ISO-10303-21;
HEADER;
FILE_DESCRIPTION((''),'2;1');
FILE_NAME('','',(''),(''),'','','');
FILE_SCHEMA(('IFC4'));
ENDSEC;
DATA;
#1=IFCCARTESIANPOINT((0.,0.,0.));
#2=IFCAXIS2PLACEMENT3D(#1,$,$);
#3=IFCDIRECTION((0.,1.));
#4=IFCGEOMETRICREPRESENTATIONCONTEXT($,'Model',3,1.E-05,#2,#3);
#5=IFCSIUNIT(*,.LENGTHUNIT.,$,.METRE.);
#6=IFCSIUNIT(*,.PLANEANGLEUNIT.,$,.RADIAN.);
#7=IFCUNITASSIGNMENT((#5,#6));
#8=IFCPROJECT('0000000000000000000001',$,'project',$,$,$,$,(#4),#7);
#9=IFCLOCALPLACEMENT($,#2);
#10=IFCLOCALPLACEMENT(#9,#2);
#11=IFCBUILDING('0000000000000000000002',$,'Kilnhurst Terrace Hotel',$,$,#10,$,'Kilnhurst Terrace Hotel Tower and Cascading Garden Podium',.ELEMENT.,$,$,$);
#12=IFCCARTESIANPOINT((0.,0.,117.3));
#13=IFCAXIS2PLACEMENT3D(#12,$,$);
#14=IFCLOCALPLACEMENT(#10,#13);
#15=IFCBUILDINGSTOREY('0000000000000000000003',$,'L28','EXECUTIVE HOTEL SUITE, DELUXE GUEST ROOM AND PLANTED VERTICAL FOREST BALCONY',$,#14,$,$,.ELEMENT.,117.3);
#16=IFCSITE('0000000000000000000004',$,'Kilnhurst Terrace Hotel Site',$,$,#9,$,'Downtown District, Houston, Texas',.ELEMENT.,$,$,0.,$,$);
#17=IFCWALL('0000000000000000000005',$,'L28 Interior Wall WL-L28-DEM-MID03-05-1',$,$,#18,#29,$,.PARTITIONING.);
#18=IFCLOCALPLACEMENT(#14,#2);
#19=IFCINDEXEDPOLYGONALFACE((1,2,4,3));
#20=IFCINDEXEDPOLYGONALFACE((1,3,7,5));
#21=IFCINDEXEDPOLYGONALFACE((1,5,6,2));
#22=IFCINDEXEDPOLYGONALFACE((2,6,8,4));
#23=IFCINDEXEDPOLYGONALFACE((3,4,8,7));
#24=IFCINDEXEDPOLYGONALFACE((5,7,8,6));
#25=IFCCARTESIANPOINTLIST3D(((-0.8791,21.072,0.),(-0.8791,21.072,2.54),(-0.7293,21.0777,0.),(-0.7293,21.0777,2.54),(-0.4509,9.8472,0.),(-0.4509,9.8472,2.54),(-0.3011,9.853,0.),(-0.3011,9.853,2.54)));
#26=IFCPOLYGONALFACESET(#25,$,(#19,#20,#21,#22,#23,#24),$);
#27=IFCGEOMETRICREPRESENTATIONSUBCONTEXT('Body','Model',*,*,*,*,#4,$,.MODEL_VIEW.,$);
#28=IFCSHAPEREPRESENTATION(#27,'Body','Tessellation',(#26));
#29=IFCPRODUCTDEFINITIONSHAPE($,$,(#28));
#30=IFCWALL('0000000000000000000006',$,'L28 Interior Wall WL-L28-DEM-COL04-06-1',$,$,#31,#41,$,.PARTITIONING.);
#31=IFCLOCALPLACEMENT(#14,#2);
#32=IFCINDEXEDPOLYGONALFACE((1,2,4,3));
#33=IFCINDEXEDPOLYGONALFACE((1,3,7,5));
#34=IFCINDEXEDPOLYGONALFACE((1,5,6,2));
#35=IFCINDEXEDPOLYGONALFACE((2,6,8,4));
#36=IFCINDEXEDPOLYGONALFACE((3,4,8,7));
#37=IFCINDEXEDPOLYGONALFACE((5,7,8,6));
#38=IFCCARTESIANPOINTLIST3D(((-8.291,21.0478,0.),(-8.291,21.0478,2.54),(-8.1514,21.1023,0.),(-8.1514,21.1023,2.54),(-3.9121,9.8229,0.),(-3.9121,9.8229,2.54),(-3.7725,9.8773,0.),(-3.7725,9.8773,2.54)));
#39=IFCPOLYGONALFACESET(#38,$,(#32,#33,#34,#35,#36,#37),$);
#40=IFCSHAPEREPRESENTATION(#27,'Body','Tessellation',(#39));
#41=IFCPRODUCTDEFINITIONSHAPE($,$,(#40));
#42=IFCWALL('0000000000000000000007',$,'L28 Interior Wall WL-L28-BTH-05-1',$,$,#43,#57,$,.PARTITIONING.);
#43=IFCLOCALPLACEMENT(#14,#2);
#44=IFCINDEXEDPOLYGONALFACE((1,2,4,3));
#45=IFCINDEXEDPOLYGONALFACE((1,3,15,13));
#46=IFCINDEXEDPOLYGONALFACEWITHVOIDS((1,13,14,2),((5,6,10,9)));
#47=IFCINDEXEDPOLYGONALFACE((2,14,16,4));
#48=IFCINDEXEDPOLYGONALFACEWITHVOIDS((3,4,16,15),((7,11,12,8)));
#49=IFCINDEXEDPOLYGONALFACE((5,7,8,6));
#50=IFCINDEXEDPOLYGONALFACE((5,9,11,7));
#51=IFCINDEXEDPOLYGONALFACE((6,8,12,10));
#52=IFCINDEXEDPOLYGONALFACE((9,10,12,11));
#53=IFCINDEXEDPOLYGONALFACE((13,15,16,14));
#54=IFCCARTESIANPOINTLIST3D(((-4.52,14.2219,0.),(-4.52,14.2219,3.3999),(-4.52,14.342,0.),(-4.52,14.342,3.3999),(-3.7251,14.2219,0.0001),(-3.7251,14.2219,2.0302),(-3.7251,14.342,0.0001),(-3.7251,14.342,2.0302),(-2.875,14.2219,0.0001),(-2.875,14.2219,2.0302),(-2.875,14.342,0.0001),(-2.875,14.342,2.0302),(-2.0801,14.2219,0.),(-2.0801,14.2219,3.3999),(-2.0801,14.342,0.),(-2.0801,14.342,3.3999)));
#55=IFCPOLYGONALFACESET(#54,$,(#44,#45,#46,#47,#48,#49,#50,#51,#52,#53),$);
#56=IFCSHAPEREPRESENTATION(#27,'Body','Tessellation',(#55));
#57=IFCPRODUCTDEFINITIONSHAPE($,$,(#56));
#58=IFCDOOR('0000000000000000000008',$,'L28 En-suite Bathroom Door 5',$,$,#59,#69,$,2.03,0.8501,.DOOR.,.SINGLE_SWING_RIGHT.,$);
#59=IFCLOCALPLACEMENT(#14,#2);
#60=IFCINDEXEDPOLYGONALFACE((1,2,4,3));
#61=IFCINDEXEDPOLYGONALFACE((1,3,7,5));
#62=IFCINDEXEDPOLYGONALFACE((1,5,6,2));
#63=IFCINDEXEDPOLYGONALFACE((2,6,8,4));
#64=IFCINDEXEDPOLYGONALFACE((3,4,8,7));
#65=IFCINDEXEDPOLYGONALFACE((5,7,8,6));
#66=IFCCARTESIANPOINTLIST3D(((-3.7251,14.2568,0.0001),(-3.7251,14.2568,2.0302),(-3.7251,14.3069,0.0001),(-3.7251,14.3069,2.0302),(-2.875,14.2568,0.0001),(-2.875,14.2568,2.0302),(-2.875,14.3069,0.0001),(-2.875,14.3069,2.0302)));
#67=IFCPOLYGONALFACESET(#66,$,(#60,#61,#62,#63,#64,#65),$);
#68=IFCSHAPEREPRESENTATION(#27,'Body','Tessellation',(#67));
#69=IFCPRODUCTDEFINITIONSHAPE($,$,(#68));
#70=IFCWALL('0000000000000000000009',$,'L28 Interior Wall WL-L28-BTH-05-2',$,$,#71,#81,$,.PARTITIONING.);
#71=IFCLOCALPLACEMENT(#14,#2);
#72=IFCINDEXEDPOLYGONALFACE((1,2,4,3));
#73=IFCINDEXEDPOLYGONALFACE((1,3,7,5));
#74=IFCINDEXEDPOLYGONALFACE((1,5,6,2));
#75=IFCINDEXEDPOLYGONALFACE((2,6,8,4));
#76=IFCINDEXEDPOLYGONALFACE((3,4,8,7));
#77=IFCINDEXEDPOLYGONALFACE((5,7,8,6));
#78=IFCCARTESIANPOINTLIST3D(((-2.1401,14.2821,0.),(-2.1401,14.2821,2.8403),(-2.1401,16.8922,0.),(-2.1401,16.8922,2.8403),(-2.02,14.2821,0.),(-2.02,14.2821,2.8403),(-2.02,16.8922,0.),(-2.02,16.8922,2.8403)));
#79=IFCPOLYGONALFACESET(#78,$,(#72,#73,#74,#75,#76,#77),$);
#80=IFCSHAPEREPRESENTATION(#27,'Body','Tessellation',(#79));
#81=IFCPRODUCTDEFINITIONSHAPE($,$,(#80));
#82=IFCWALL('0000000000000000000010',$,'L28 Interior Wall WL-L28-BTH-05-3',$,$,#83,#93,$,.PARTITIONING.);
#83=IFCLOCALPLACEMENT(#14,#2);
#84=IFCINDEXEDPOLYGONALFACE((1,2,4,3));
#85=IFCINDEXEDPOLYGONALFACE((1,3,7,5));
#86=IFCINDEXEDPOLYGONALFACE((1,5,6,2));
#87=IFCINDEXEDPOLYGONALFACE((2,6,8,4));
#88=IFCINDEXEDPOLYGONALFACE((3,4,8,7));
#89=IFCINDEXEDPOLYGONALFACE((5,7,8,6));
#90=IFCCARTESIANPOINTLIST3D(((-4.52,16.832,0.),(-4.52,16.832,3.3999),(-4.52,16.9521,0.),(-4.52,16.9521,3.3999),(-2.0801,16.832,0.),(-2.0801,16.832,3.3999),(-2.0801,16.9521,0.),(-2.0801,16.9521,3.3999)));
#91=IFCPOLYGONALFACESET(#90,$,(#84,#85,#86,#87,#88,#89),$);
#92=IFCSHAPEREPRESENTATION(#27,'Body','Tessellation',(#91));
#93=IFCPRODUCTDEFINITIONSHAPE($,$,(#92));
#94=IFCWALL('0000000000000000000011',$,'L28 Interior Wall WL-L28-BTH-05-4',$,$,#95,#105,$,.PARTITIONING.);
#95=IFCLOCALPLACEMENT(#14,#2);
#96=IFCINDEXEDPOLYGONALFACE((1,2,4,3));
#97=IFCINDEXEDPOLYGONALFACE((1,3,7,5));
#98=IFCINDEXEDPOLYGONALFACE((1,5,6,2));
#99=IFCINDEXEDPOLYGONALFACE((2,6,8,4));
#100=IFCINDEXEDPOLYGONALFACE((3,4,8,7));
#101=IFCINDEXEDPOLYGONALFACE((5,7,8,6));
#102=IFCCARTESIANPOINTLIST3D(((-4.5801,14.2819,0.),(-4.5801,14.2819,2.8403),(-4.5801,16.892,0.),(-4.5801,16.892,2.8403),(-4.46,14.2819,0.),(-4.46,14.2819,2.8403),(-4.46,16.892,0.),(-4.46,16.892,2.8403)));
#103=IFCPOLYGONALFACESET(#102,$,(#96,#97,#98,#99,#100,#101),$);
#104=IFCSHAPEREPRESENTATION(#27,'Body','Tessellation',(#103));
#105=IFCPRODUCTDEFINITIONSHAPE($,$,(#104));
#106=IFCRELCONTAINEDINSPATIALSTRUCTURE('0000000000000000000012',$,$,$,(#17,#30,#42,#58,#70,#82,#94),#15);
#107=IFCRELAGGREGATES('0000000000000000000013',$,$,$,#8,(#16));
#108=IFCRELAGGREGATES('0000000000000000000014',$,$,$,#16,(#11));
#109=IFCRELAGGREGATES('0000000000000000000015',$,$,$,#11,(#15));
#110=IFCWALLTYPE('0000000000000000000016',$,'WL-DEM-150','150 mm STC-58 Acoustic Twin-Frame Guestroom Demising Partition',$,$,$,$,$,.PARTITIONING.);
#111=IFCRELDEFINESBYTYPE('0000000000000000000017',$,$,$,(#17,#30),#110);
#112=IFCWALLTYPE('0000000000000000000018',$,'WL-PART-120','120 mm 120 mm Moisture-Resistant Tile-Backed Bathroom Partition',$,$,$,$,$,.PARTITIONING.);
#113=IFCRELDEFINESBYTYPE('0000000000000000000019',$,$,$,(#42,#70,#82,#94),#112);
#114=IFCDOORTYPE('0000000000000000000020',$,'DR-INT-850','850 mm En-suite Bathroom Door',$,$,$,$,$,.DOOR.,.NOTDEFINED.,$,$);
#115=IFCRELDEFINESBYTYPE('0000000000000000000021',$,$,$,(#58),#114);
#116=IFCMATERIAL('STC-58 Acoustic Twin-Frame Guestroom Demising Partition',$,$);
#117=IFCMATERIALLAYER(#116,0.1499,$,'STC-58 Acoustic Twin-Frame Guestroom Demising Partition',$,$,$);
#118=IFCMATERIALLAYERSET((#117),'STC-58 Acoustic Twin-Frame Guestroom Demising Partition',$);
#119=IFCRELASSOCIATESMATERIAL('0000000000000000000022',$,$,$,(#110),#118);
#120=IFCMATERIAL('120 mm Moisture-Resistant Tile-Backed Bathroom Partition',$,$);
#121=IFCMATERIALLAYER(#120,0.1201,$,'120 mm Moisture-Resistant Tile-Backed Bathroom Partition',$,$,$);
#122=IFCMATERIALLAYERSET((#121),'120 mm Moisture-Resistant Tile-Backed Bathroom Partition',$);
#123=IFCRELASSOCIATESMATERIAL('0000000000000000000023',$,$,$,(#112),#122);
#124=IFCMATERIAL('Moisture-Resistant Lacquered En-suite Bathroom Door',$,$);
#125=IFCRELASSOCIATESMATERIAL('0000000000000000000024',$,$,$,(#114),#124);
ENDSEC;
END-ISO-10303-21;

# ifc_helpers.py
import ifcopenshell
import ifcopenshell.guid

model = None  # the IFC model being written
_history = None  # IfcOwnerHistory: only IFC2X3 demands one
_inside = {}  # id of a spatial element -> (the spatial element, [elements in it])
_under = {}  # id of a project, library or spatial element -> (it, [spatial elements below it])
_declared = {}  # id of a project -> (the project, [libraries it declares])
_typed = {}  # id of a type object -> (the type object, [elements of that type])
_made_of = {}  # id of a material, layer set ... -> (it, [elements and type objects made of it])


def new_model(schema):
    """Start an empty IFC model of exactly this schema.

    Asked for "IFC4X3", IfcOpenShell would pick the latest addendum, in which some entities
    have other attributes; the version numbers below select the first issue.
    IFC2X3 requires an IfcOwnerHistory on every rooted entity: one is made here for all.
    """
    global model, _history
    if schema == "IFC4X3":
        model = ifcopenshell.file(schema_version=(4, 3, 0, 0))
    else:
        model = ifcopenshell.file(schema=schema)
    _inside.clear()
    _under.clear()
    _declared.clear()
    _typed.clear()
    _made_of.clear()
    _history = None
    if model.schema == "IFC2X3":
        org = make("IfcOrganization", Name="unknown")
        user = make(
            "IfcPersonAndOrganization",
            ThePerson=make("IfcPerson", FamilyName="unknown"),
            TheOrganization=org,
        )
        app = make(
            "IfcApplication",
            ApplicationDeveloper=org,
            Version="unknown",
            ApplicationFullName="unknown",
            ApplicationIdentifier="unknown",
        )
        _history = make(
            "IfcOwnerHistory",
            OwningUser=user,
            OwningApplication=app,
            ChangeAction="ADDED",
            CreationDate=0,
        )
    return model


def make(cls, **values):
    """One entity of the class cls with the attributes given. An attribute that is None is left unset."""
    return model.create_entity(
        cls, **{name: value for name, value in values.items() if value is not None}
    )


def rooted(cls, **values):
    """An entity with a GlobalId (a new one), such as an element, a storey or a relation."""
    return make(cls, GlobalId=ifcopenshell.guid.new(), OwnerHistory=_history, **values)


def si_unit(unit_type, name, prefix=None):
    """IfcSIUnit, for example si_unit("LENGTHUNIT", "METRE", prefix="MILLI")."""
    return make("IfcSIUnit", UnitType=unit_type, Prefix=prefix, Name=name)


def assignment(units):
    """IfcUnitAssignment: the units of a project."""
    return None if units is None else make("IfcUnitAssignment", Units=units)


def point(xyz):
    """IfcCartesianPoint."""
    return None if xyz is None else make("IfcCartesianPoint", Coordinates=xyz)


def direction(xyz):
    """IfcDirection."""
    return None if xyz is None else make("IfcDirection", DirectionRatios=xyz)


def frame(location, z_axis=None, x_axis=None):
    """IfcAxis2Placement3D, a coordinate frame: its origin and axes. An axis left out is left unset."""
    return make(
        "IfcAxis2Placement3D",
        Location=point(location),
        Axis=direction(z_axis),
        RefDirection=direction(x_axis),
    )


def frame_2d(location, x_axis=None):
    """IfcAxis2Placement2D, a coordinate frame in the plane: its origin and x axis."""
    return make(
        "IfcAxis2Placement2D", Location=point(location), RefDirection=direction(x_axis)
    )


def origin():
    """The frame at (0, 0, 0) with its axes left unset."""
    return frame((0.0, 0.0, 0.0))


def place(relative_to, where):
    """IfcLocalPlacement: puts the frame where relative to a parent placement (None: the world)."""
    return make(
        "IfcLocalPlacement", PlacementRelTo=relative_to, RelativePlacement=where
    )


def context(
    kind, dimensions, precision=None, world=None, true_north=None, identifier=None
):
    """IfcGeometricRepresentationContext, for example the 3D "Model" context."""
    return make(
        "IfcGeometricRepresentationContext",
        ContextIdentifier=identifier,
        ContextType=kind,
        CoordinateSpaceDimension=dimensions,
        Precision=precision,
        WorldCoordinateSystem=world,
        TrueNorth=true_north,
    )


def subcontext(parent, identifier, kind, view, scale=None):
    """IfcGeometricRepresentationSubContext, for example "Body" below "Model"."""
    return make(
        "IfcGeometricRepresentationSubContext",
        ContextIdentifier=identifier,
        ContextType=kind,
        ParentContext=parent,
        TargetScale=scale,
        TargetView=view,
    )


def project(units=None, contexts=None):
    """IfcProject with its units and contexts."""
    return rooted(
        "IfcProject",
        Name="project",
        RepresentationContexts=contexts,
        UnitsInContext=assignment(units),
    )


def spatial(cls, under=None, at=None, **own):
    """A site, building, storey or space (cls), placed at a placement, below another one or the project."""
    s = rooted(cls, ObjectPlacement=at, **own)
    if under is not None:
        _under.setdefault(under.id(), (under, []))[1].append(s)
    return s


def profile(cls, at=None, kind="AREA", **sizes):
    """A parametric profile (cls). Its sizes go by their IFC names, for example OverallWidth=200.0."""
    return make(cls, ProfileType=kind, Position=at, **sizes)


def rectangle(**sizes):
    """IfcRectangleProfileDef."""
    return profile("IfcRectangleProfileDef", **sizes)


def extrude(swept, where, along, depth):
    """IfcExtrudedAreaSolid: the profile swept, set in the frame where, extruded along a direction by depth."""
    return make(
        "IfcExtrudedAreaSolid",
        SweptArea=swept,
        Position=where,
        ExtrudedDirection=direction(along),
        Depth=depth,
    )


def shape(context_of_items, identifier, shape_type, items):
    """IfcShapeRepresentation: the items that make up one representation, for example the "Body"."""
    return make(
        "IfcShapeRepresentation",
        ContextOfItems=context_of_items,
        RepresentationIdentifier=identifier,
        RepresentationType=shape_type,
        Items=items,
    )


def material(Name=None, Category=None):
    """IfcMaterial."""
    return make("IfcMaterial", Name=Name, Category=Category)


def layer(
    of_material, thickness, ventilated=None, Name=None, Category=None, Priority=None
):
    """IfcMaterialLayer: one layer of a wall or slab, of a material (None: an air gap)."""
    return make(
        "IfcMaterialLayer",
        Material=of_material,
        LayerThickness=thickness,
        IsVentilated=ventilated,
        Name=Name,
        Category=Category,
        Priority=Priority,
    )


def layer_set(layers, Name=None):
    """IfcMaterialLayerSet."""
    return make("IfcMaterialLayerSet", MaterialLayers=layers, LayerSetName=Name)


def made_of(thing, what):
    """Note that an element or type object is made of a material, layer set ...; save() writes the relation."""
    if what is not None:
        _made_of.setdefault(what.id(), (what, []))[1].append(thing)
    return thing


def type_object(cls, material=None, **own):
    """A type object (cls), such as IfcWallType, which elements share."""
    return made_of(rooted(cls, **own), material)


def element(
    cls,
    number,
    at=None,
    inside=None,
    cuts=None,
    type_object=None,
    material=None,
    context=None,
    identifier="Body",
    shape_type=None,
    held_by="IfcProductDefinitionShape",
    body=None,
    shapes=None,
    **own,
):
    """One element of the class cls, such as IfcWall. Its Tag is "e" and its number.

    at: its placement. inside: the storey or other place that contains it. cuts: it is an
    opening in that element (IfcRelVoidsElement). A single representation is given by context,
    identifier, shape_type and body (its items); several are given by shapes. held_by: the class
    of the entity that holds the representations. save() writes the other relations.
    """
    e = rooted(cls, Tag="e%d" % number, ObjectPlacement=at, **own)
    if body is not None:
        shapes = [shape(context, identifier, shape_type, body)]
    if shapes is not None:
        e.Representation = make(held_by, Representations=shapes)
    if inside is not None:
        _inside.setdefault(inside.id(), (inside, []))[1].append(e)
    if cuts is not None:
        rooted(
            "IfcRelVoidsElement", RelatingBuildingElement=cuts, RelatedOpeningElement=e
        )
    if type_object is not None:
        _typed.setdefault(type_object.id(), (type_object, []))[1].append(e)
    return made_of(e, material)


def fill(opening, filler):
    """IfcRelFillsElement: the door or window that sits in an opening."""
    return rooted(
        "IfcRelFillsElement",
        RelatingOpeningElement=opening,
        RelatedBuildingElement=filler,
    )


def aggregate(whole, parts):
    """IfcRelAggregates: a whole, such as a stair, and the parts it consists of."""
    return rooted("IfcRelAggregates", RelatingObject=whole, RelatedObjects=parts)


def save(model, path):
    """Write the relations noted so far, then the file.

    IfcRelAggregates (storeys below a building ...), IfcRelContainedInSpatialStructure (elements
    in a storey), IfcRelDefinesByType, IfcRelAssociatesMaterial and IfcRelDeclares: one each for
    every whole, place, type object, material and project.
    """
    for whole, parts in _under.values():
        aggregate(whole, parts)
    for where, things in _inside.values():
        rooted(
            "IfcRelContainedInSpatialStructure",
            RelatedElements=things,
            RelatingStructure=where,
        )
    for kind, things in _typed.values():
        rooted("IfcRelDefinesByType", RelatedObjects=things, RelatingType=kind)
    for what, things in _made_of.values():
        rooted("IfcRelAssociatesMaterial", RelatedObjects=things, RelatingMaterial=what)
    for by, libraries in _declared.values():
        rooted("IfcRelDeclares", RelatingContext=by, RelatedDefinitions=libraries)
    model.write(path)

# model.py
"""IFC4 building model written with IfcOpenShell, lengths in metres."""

from ifc_helpers import new_model, si_unit, direction, frame, frame_2d, origin, place, context, subcontext, project, spatial, rectangle, extrude, material, layer, layer_set, type_object, element, fill, save


model = new_model("IFC4")

# Units and contexts
model_context = context("Model", 3, precision=1e-05, world=origin(), true_north=direction((0.0, 1.0)))
body_context = subcontext(model_context, "Body", "Model", "MODEL_VIEW")
ifc_project = project(units=[si_unit("LENGTHUNIT", "METRE"), si_unit("PLANEANGLEUNIT", "RADIAN")], contexts=[model_context])

# Site, building, storey
site_placement = place(None, origin())
site = spatial("IfcSite", under=ifc_project, at=site_placement, Name="Kilnhurst Terrace Hotel Site", LongName="Downtown District, Houston, Texas", CompositionType="ELEMENT", RefElevation=0.0)
building_placement = place(site_placement, origin())
building = spatial("IfcBuilding", under=site, at=building_placement, Name="Kilnhurst Terrace Hotel", LongName="Kilnhurst Terrace Hotel Tower and Cascading Garden Podium", CompositionType="ELEMENT")
storey_placement = place(building_placement, frame((0.0, 0.0, 117.3)))
storey = spatial("IfcBuildingStorey", under=building, at=storey_placement, Name="L28", Description="EXECUTIVE HOTEL SUITE, DELUXE GUEST ROOM AND PLANTED VERTICAL FOREST BALCONY", CompositionType="ELEMENT", Elevation=117.3)

# Walls
ifc_material_1 = material(Name="STC-58 Acoustic Twin-Frame Guestroom Demising Partition")
ifc_layer_1 = layer(ifc_material_1, 0.1499, Name="STC-58 Acoustic Twin-Frame Guestroom Demising Partition")
ifc_layer_set_1 = layer_set([ifc_layer_1], Name="STC-58 Acoustic Twin-Frame Guestroom Demising Partition")
wall_type_1 = type_object("IfcWallType", Name="WL-DEM-150", Description="150 mm STC-58 Acoustic Twin-Frame Guestroom Demising Partition", PredefinedType="PARTITIONING", material=ifc_layer_set_1)
wall_1_placement = place(storey_placement, frame((-0.376, 9.8501, 0.0), z_axis=(0.0, 0.0, 1.0), x_axis=(-0.038122, 0.999273, 0.0)))
element("IfcWall", 1, at=wall_1_placement, inside=storey, type_object=wall_type_1, Name="L28 Interior Wall WL-L28-DEM-MID03-05-1", PredefinedType="PARTITIONING", context=body_context, shape_type="SweptSolid", body=[
    extrude(rectangle(XDim=11.2329, YDim=0.1499, at=frame_2d((5.6165, 0.0))), origin(), (0.0, 0.0, 1.0), 2.54),
])
wall_2_placement = place(storey_placement, frame((-3.8423, 9.8501, 0.0), z_axis=(0.0, 0.0, 1.0), x_axis=(-0.363433, 0.93162, 0.0)))
element("IfcWall", 2, at=wall_2_placement, inside=storey, type_object=wall_type_1, Name="L28 Interior Wall WL-L28-DEM-COL04-06-1", PredefinedType="PARTITIONING", context=body_context, shape_type="SweptSolid", body=[
    extrude(rectangle(XDim=12.0488, YDim=0.1499, at=frame_2d((6.0244, 0.0))), origin(), (0.0, 0.0, 1.0), 2.54),
])

# Wall, opening, door
ifc_material_2 = material(Name="120 mm Moisture-Resistant Tile-Backed Bathroom Partition")
ifc_layer_2 = layer(ifc_material_2, 0.1201, Name="120 mm Moisture-Resistant Tile-Backed Bathroom Partition")
ifc_layer_set_2 = layer_set([ifc_layer_2], Name="120 mm Moisture-Resistant Tile-Backed Bathroom Partition")
wall_type_2 = type_object("IfcWallType", Name="WL-PART-120", Description="120 mm 120 mm Moisture-Resistant Tile-Backed Bathroom Partition", PredefinedType="PARTITIONING", material=ifc_layer_set_2)
wall_3_placement = place(storey_placement, frame((-4.52, 14.282, 0.0), z_axis=(0.0, 0.0, 1.0), x_axis=(1.0, 0.0, 0.0)))
wall_3 = element("IfcWall", 3, at=wall_3_placement, inside=storey, type_object=wall_type_2, Name="L28 Interior Wall WL-L28-BTH-05-1", PredefinedType="PARTITIONING", context=body_context, shape_type="SweptSolid", body=[
    extrude(rectangle(XDim=2.4399, YDim=0.1201, at=frame_2d((1.22, 0.0))), origin(), (0.0, 0.0, 1.0), 3.3999),
])
opening_placement = place(wall_3_placement, frame((0.7949, 0.0, 0.0)))
opening = element("IfcOpeningElement", 4, at=opening_placement, cuts=wall_3, PredefinedType="OPENING", context=body_context, shape_type="SweptSolid", body=[
    extrude(rectangle(XDim=0.8501, YDim=2.03, at=frame_2d((0.425, 1.0151))), frame((0.0, 0.0701, 0.0), z_axis=(0.0, -1.0, 0.0), x_axis=(1.0, 0.0, 0.0)), (0.0, 0.0, 1.0), 0.1401),
])
ifc_material_3 = material(Name="Moisture-Resistant Lacquered En-suite Bathroom Door")
door_type = type_object("IfcDoorType", Name="DR-INT-850", Description="850 mm En-suite Bathroom Door", OperationType="NOTDEFINED", PredefinedType="DOOR", material=ifc_material_3)
door_placement = place(opening_placement, origin())
door = element("IfcDoor", 5, at=door_placement, inside=storey, type_object=door_type, Name="L28 En-suite Bathroom Door 5", OperationType="SINGLE_SWING_RIGHT", OverallHeight=2.03, OverallWidth=0.8501, PredefinedType="DOOR", context=body_context, shape_type="SweptSolid", body=[
    extrude(rectangle(XDim=0.8501, YDim=2.03, at=frame_2d((0.425, 1.0151))), frame((0.0, 0.0249, 0.0), z_axis=(0.0, -1.0, 0.0), x_axis=(1.0, 0.0, 0.0)), (0.0, 0.0, 1.0), 0.05),
])
fill(opening, door)

# Walls
wall_4_placement = place(storey_placement, frame((-2.0801, 14.282, 0.0), z_axis=(0.0, 0.0, 1.0), x_axis=(0.0, 1.0, 0.0)))
element("IfcWall", 6, at=wall_4_placement, inside=storey, type_object=wall_type_2, Name="L28 Interior Wall WL-L28-BTH-05-2", PredefinedType="PARTITIONING", context=body_context, shape_type="SweptSolid", body=[
    extrude(rectangle(XDim=2.6101, YDim=0.1201, at=frame_2d((1.3052, 0.0))), origin(), (0.0, 0.0, 1.0), 2.8403),
])
wall_5_placement = place(storey_placement, frame((-2.0801, 16.8921, 0.0), z_axis=(0.0, 0.0, 1.0), x_axis=(-1.0, 0.0, 0.0)))
element("IfcWall", 7, at=wall_5_placement, inside=storey, type_object=wall_type_2, Name="L28 Interior Wall WL-L28-BTH-05-3", PredefinedType="PARTITIONING", context=body_context, shape_type="SweptSolid", body=[
    extrude(rectangle(XDim=2.4399, YDim=0.1201, at=frame_2d((1.22, 0.0))), origin(), (0.0, 0.0, 1.0), 3.3999),
])
wall_6_placement = place(storey_placement, frame((-4.52, 16.8921, 0.0), z_axis=(0.0, 0.0, 1.0), x_axis=(0.0, -1.0, 0.0)))
element("IfcWall", 8, at=wall_6_placement, inside=storey, type_object=wall_type_2, Name="L28 Interior Wall WL-L28-BTH-05-4", PredefinedType="PARTITIONING", context=body_context, shape_type="SweptSolid", body=[
    extrude(rectangle(XDim=2.6101, YDim=0.1201, at=frame_2d((1.3052, 0.0))), origin(), (0.0, 0.0, 1.0), 2.8403),
])

save(model, "model.ifc")
